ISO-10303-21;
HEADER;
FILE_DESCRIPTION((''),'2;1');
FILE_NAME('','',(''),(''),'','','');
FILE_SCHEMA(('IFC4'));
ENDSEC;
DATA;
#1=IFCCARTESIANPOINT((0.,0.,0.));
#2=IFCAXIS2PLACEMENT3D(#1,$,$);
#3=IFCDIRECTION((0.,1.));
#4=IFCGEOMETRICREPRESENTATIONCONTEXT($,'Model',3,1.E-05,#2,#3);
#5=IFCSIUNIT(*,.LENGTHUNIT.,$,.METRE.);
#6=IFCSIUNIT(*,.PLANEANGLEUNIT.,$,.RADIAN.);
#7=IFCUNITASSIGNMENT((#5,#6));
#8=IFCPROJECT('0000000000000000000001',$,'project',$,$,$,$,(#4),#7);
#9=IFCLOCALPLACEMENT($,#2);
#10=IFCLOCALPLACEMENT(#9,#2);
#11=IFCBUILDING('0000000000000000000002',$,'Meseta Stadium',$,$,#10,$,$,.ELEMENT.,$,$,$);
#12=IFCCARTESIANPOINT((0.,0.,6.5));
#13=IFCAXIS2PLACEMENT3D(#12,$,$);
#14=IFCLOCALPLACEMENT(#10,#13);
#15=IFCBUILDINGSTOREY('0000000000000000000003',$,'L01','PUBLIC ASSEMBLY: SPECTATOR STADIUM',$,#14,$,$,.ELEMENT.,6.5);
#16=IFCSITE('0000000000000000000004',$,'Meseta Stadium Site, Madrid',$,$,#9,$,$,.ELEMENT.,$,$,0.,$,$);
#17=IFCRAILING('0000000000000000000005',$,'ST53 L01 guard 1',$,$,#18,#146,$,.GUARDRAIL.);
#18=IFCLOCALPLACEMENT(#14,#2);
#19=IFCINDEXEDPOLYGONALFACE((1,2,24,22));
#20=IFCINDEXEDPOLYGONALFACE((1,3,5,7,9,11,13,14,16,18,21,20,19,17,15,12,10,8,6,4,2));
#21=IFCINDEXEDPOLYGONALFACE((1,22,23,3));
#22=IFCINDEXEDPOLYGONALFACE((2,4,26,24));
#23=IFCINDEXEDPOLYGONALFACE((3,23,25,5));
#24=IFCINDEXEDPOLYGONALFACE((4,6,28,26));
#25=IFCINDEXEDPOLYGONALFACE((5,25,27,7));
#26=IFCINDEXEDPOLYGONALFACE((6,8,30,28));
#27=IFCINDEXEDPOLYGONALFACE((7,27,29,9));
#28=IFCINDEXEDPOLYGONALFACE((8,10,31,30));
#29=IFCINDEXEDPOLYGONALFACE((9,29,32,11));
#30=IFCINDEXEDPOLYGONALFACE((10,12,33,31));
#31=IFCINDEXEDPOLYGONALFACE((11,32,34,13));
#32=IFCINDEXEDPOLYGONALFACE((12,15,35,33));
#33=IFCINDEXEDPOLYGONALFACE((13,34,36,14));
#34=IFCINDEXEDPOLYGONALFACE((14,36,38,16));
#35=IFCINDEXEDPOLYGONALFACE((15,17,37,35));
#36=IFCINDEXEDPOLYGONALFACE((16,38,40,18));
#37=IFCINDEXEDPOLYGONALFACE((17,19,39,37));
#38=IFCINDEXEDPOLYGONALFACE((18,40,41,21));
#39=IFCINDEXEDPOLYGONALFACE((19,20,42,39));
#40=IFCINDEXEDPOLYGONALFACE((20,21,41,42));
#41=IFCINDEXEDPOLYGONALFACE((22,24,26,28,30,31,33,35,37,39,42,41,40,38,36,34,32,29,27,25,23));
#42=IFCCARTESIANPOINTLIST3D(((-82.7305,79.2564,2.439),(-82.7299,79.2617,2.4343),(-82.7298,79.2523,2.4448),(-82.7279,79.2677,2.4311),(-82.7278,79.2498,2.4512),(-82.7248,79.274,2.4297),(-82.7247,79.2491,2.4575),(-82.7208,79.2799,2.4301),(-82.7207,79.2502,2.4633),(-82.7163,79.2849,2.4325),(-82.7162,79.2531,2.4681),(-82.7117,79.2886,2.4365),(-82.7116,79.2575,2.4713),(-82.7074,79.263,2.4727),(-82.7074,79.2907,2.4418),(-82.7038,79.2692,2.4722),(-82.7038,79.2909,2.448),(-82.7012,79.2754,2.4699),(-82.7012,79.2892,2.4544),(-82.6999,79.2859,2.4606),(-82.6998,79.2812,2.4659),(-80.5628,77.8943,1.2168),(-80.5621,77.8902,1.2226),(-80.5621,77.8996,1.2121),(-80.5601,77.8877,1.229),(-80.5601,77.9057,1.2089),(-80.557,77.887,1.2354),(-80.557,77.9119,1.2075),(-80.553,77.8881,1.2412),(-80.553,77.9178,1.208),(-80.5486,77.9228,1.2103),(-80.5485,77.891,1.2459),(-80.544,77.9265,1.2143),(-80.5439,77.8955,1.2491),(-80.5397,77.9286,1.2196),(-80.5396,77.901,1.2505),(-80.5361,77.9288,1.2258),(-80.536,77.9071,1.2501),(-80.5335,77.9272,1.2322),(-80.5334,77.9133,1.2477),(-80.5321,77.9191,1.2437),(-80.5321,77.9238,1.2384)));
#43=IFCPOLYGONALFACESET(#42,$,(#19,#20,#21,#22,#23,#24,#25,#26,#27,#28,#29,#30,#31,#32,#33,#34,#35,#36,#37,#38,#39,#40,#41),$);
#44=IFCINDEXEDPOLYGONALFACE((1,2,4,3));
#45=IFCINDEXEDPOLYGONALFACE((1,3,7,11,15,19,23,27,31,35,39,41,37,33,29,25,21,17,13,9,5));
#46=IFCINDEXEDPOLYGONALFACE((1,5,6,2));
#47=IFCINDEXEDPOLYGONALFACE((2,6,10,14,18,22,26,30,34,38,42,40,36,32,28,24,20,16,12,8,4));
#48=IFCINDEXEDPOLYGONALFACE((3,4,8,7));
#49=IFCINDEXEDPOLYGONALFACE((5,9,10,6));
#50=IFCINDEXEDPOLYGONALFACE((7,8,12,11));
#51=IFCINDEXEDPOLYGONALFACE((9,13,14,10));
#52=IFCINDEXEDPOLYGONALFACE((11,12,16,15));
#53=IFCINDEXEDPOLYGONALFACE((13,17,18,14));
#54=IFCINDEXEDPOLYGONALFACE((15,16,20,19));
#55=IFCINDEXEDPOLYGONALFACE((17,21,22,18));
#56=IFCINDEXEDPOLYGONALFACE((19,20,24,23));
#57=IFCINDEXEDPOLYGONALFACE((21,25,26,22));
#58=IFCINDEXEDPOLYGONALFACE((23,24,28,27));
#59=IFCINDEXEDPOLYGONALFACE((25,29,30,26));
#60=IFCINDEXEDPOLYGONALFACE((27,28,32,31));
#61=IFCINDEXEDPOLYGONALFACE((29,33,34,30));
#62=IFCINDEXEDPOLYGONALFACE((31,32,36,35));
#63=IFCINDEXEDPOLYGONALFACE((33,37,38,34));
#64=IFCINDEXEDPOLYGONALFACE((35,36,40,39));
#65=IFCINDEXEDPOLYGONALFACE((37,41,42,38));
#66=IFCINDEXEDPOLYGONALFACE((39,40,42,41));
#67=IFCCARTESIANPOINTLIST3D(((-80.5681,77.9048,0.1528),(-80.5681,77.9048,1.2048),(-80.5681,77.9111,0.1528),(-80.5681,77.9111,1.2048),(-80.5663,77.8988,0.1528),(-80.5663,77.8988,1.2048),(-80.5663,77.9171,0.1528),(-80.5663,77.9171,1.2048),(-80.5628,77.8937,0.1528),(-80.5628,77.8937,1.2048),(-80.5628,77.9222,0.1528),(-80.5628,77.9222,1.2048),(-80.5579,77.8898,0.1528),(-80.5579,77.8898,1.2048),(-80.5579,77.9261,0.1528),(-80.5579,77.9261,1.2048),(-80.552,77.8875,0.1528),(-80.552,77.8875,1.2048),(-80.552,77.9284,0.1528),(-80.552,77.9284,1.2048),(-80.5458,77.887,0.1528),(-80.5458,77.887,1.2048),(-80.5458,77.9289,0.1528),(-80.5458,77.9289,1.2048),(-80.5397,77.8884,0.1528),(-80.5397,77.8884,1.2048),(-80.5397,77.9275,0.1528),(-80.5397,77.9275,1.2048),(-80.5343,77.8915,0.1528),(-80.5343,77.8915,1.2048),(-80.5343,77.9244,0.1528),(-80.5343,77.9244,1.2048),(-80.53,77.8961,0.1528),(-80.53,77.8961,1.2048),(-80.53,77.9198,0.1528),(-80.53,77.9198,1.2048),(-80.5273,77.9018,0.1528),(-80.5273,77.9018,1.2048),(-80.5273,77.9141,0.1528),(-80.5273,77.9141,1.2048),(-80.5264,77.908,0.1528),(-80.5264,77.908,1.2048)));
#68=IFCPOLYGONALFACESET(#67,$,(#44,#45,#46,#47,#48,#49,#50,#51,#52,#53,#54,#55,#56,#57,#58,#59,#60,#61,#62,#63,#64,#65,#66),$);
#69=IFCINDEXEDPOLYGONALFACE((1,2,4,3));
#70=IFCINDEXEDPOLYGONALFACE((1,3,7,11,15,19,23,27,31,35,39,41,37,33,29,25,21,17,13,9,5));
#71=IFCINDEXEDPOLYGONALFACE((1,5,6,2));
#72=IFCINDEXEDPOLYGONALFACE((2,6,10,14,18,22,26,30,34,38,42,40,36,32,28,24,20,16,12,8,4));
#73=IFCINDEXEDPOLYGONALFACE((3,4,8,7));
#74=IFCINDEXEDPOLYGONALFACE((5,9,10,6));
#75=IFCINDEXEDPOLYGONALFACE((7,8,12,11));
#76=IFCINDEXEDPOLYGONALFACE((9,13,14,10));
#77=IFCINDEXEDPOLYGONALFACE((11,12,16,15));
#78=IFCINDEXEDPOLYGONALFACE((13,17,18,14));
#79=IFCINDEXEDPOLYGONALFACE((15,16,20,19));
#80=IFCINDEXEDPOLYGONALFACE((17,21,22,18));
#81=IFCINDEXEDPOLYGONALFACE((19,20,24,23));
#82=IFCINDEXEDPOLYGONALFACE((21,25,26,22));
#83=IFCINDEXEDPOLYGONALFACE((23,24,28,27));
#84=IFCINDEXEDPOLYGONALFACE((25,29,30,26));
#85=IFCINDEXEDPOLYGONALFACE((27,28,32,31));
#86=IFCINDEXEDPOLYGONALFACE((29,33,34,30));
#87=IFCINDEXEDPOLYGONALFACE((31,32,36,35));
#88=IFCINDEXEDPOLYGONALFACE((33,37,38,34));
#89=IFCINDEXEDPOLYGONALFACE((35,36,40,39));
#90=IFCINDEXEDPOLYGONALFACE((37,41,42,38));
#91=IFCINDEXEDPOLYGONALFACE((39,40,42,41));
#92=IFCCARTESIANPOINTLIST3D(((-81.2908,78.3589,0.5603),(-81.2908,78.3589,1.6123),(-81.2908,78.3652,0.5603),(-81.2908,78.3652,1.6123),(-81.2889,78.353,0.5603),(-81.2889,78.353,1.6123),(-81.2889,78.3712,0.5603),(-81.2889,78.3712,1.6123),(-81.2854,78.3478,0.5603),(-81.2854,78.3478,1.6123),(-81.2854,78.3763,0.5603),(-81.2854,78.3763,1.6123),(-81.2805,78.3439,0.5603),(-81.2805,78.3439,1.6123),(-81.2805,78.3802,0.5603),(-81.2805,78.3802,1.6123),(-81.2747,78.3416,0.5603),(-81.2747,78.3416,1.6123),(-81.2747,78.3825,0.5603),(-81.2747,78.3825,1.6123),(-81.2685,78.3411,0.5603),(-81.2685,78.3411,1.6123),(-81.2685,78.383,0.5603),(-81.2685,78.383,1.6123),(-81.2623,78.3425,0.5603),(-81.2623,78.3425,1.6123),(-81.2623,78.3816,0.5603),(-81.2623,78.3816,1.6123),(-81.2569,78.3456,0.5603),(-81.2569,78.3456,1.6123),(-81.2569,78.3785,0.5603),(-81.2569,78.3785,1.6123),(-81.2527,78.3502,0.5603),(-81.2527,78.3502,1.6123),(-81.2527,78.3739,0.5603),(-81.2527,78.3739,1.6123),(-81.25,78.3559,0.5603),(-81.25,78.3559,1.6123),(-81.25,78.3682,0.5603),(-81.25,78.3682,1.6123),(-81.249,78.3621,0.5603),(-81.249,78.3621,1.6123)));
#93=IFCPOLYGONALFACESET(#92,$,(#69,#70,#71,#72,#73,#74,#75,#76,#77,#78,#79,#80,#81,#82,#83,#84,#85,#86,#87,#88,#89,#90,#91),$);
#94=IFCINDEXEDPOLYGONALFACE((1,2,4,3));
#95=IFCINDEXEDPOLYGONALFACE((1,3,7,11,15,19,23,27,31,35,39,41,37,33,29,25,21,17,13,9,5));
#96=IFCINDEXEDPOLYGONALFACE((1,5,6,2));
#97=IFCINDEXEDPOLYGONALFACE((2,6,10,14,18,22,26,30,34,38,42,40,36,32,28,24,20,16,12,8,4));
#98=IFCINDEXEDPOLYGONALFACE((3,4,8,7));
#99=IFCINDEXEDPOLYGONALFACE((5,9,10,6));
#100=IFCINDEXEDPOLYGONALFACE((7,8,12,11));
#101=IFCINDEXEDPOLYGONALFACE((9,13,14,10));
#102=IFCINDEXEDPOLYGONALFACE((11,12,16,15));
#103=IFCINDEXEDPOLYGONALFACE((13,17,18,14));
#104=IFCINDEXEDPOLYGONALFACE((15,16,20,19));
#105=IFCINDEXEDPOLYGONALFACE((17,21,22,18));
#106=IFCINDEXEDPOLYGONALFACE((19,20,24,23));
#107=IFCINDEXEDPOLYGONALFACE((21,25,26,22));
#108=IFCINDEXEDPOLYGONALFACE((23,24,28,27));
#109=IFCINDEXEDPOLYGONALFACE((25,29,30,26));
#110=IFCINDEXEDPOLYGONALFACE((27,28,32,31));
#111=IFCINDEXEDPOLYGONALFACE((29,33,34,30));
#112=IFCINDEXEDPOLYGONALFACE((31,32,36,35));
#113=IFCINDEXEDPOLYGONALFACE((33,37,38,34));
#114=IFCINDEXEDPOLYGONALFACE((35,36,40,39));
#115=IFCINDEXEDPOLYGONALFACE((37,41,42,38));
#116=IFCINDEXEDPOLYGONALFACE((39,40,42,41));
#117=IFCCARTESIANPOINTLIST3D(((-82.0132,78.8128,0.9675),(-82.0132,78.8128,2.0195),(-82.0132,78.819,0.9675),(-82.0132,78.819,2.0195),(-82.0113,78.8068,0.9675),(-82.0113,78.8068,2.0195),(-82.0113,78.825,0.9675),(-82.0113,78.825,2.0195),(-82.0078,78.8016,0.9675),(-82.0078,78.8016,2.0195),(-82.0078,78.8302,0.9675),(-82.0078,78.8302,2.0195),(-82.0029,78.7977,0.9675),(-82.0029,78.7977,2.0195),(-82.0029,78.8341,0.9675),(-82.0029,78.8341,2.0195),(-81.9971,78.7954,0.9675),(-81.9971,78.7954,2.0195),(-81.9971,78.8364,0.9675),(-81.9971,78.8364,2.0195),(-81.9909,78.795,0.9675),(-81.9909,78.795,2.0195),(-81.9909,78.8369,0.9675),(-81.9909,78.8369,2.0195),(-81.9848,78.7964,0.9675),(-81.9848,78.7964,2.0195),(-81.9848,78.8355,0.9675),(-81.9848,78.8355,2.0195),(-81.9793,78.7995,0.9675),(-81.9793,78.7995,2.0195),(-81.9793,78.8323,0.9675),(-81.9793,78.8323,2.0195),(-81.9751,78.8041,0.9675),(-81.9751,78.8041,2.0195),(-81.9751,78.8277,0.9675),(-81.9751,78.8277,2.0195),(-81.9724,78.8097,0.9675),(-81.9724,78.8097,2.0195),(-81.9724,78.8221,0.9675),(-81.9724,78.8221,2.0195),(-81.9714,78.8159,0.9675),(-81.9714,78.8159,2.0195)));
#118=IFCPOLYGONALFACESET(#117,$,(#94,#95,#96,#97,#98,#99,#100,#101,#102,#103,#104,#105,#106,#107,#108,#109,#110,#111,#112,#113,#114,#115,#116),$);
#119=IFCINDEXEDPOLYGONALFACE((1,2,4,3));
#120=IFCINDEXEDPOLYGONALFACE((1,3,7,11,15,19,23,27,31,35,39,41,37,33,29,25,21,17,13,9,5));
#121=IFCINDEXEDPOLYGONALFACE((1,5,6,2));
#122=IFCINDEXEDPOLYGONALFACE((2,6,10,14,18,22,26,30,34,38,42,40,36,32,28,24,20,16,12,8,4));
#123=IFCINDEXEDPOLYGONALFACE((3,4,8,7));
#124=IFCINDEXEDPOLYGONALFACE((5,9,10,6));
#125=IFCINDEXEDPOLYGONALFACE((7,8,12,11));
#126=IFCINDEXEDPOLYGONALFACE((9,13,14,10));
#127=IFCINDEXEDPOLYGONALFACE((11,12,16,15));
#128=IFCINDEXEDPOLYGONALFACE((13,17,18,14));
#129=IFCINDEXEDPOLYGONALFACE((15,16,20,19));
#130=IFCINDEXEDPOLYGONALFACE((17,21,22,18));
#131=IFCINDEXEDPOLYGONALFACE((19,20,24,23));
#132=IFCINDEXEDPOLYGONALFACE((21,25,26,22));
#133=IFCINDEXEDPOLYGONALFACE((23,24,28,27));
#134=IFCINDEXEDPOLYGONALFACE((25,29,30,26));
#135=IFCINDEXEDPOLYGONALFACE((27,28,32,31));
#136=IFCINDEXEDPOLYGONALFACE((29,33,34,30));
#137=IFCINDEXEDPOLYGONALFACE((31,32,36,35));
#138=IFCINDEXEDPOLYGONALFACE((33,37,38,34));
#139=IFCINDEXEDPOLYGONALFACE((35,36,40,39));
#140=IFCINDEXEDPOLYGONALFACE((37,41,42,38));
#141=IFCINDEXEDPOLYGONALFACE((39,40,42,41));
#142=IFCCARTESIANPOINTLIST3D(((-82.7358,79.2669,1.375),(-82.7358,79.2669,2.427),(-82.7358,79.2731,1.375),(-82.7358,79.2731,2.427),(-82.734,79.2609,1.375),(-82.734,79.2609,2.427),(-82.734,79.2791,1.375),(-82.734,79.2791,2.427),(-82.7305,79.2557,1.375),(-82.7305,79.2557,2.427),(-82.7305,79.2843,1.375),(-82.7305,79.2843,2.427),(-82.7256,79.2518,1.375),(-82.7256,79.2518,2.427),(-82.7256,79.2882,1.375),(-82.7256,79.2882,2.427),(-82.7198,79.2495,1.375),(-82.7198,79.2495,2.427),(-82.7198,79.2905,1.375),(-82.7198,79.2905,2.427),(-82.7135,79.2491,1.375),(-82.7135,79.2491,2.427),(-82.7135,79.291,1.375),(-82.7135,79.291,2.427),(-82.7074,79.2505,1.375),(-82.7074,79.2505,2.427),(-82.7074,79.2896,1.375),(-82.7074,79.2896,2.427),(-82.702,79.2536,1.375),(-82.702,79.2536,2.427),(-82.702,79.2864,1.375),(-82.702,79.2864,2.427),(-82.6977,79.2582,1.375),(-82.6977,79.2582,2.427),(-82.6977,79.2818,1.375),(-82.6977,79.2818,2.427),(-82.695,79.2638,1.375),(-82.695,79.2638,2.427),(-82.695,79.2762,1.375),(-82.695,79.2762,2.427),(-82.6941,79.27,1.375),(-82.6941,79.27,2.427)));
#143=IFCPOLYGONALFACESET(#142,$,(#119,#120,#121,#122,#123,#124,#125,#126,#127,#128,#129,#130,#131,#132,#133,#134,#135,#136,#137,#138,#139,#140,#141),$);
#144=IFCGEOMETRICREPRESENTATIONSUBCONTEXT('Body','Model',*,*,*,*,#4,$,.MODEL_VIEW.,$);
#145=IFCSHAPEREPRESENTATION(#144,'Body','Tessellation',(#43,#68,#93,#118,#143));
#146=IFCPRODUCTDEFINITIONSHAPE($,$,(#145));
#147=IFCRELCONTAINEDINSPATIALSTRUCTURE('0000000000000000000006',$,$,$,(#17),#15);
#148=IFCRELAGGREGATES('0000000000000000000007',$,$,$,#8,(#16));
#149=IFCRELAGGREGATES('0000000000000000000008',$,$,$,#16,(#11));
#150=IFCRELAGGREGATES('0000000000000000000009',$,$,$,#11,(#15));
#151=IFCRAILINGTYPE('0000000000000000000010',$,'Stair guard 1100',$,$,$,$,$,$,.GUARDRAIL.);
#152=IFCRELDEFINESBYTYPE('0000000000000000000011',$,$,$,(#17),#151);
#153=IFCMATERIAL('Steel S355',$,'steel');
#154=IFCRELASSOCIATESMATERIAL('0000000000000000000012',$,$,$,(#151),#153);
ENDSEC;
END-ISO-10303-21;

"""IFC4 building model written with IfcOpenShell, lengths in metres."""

from ifc_helpers import new_model, si_unit, direction, frame, origin, origin_2d, place, context, subcontext, project, spatial, circle, extrude, material, type_object, element, save


model = new_model("IFC4")

# Units and contexts
model_context = context("Model", 3, precision=1e-05, world=origin(), true_north=direction((0.0, 1.0)))
body_context = subcontext(model_context, "Body", "Model", "MODEL_VIEW")
ifc_project = project(units=[si_unit("LENGTHUNIT", "METRE"), si_unit("PLANEANGLEUNIT", "RADIAN")], contexts=[model_context])

# Site, building, storey
site_placement = place(None, origin())
site = spatial("IfcSite", under=ifc_project, at=site_placement, Name="Meseta Stadium Site, Madrid", CompositionType="ELEMENT", RefElevation=0.0)
building_placement = place(site_placement, origin())
building = spatial("IfcBuilding", under=site, at=building_placement, Name="Meseta Stadium", CompositionType="ELEMENT")
storey_placement = place(building_placement, frame((0.0, 0.0, 6.5)))
storey = spatial("IfcBuildingStorey", under=building, at=storey_placement, Name="L01", Description="PUBLIC ASSEMBLY: SPECTATOR STADIUM", CompositionType="ELEMENT", Elevation=6.5)

# Railing
ifc_material_1 = material(Name="Steel S355", Category="steel")
railing_type_1 = type_object("IfcRailingType", Name="Stair guard 1100", PredefinedType="GUARDRAIL", material=ifc_material_1)
railing_1_placement = place(storey_placement, frame((-80.5474, 77.908, 0.1528)))
element("IfcRailing", 1, at=railing_1_placement, inside=storey, type_object=railing_type_1, Name="ST53 L01 guard 1", PredefinedType="GUARDRAIL", context=body_context, shape_type="SweptSolid", body=[
    extrude(circle(Radius=0.0239, at=origin_2d()), frame((0.0, 0.0, 1.0762), z_axis=(-0.764121, 0.480125, 0.430813), x_axis=(-0.532029, -0.846726, 0.0)), (0.0, 0.0, 1.0), 2.8369),
    extrude(circle(Radius=0.021, at=origin_2d()), origin(), (0.0, 0.0, 1.0), 1.052),
    extrude(circle(Radius=0.021, at=origin_2d()), frame((-0.7227, 0.4541, 0.4075)), (0.0, 0.0, 1.0), 1.052),
    extrude(circle(Radius=0.021, at=origin_2d()), frame((-1.4451, 0.908, 0.8147)), (0.0, 0.0, 1.0), 1.052),
    extrude(circle(Radius=0.021, at=origin_2d()), frame((-2.1677, 1.3621, 1.2222)), (0.0, 0.0, 1.0), 1.052),
])

save(model, "model.ifc")
